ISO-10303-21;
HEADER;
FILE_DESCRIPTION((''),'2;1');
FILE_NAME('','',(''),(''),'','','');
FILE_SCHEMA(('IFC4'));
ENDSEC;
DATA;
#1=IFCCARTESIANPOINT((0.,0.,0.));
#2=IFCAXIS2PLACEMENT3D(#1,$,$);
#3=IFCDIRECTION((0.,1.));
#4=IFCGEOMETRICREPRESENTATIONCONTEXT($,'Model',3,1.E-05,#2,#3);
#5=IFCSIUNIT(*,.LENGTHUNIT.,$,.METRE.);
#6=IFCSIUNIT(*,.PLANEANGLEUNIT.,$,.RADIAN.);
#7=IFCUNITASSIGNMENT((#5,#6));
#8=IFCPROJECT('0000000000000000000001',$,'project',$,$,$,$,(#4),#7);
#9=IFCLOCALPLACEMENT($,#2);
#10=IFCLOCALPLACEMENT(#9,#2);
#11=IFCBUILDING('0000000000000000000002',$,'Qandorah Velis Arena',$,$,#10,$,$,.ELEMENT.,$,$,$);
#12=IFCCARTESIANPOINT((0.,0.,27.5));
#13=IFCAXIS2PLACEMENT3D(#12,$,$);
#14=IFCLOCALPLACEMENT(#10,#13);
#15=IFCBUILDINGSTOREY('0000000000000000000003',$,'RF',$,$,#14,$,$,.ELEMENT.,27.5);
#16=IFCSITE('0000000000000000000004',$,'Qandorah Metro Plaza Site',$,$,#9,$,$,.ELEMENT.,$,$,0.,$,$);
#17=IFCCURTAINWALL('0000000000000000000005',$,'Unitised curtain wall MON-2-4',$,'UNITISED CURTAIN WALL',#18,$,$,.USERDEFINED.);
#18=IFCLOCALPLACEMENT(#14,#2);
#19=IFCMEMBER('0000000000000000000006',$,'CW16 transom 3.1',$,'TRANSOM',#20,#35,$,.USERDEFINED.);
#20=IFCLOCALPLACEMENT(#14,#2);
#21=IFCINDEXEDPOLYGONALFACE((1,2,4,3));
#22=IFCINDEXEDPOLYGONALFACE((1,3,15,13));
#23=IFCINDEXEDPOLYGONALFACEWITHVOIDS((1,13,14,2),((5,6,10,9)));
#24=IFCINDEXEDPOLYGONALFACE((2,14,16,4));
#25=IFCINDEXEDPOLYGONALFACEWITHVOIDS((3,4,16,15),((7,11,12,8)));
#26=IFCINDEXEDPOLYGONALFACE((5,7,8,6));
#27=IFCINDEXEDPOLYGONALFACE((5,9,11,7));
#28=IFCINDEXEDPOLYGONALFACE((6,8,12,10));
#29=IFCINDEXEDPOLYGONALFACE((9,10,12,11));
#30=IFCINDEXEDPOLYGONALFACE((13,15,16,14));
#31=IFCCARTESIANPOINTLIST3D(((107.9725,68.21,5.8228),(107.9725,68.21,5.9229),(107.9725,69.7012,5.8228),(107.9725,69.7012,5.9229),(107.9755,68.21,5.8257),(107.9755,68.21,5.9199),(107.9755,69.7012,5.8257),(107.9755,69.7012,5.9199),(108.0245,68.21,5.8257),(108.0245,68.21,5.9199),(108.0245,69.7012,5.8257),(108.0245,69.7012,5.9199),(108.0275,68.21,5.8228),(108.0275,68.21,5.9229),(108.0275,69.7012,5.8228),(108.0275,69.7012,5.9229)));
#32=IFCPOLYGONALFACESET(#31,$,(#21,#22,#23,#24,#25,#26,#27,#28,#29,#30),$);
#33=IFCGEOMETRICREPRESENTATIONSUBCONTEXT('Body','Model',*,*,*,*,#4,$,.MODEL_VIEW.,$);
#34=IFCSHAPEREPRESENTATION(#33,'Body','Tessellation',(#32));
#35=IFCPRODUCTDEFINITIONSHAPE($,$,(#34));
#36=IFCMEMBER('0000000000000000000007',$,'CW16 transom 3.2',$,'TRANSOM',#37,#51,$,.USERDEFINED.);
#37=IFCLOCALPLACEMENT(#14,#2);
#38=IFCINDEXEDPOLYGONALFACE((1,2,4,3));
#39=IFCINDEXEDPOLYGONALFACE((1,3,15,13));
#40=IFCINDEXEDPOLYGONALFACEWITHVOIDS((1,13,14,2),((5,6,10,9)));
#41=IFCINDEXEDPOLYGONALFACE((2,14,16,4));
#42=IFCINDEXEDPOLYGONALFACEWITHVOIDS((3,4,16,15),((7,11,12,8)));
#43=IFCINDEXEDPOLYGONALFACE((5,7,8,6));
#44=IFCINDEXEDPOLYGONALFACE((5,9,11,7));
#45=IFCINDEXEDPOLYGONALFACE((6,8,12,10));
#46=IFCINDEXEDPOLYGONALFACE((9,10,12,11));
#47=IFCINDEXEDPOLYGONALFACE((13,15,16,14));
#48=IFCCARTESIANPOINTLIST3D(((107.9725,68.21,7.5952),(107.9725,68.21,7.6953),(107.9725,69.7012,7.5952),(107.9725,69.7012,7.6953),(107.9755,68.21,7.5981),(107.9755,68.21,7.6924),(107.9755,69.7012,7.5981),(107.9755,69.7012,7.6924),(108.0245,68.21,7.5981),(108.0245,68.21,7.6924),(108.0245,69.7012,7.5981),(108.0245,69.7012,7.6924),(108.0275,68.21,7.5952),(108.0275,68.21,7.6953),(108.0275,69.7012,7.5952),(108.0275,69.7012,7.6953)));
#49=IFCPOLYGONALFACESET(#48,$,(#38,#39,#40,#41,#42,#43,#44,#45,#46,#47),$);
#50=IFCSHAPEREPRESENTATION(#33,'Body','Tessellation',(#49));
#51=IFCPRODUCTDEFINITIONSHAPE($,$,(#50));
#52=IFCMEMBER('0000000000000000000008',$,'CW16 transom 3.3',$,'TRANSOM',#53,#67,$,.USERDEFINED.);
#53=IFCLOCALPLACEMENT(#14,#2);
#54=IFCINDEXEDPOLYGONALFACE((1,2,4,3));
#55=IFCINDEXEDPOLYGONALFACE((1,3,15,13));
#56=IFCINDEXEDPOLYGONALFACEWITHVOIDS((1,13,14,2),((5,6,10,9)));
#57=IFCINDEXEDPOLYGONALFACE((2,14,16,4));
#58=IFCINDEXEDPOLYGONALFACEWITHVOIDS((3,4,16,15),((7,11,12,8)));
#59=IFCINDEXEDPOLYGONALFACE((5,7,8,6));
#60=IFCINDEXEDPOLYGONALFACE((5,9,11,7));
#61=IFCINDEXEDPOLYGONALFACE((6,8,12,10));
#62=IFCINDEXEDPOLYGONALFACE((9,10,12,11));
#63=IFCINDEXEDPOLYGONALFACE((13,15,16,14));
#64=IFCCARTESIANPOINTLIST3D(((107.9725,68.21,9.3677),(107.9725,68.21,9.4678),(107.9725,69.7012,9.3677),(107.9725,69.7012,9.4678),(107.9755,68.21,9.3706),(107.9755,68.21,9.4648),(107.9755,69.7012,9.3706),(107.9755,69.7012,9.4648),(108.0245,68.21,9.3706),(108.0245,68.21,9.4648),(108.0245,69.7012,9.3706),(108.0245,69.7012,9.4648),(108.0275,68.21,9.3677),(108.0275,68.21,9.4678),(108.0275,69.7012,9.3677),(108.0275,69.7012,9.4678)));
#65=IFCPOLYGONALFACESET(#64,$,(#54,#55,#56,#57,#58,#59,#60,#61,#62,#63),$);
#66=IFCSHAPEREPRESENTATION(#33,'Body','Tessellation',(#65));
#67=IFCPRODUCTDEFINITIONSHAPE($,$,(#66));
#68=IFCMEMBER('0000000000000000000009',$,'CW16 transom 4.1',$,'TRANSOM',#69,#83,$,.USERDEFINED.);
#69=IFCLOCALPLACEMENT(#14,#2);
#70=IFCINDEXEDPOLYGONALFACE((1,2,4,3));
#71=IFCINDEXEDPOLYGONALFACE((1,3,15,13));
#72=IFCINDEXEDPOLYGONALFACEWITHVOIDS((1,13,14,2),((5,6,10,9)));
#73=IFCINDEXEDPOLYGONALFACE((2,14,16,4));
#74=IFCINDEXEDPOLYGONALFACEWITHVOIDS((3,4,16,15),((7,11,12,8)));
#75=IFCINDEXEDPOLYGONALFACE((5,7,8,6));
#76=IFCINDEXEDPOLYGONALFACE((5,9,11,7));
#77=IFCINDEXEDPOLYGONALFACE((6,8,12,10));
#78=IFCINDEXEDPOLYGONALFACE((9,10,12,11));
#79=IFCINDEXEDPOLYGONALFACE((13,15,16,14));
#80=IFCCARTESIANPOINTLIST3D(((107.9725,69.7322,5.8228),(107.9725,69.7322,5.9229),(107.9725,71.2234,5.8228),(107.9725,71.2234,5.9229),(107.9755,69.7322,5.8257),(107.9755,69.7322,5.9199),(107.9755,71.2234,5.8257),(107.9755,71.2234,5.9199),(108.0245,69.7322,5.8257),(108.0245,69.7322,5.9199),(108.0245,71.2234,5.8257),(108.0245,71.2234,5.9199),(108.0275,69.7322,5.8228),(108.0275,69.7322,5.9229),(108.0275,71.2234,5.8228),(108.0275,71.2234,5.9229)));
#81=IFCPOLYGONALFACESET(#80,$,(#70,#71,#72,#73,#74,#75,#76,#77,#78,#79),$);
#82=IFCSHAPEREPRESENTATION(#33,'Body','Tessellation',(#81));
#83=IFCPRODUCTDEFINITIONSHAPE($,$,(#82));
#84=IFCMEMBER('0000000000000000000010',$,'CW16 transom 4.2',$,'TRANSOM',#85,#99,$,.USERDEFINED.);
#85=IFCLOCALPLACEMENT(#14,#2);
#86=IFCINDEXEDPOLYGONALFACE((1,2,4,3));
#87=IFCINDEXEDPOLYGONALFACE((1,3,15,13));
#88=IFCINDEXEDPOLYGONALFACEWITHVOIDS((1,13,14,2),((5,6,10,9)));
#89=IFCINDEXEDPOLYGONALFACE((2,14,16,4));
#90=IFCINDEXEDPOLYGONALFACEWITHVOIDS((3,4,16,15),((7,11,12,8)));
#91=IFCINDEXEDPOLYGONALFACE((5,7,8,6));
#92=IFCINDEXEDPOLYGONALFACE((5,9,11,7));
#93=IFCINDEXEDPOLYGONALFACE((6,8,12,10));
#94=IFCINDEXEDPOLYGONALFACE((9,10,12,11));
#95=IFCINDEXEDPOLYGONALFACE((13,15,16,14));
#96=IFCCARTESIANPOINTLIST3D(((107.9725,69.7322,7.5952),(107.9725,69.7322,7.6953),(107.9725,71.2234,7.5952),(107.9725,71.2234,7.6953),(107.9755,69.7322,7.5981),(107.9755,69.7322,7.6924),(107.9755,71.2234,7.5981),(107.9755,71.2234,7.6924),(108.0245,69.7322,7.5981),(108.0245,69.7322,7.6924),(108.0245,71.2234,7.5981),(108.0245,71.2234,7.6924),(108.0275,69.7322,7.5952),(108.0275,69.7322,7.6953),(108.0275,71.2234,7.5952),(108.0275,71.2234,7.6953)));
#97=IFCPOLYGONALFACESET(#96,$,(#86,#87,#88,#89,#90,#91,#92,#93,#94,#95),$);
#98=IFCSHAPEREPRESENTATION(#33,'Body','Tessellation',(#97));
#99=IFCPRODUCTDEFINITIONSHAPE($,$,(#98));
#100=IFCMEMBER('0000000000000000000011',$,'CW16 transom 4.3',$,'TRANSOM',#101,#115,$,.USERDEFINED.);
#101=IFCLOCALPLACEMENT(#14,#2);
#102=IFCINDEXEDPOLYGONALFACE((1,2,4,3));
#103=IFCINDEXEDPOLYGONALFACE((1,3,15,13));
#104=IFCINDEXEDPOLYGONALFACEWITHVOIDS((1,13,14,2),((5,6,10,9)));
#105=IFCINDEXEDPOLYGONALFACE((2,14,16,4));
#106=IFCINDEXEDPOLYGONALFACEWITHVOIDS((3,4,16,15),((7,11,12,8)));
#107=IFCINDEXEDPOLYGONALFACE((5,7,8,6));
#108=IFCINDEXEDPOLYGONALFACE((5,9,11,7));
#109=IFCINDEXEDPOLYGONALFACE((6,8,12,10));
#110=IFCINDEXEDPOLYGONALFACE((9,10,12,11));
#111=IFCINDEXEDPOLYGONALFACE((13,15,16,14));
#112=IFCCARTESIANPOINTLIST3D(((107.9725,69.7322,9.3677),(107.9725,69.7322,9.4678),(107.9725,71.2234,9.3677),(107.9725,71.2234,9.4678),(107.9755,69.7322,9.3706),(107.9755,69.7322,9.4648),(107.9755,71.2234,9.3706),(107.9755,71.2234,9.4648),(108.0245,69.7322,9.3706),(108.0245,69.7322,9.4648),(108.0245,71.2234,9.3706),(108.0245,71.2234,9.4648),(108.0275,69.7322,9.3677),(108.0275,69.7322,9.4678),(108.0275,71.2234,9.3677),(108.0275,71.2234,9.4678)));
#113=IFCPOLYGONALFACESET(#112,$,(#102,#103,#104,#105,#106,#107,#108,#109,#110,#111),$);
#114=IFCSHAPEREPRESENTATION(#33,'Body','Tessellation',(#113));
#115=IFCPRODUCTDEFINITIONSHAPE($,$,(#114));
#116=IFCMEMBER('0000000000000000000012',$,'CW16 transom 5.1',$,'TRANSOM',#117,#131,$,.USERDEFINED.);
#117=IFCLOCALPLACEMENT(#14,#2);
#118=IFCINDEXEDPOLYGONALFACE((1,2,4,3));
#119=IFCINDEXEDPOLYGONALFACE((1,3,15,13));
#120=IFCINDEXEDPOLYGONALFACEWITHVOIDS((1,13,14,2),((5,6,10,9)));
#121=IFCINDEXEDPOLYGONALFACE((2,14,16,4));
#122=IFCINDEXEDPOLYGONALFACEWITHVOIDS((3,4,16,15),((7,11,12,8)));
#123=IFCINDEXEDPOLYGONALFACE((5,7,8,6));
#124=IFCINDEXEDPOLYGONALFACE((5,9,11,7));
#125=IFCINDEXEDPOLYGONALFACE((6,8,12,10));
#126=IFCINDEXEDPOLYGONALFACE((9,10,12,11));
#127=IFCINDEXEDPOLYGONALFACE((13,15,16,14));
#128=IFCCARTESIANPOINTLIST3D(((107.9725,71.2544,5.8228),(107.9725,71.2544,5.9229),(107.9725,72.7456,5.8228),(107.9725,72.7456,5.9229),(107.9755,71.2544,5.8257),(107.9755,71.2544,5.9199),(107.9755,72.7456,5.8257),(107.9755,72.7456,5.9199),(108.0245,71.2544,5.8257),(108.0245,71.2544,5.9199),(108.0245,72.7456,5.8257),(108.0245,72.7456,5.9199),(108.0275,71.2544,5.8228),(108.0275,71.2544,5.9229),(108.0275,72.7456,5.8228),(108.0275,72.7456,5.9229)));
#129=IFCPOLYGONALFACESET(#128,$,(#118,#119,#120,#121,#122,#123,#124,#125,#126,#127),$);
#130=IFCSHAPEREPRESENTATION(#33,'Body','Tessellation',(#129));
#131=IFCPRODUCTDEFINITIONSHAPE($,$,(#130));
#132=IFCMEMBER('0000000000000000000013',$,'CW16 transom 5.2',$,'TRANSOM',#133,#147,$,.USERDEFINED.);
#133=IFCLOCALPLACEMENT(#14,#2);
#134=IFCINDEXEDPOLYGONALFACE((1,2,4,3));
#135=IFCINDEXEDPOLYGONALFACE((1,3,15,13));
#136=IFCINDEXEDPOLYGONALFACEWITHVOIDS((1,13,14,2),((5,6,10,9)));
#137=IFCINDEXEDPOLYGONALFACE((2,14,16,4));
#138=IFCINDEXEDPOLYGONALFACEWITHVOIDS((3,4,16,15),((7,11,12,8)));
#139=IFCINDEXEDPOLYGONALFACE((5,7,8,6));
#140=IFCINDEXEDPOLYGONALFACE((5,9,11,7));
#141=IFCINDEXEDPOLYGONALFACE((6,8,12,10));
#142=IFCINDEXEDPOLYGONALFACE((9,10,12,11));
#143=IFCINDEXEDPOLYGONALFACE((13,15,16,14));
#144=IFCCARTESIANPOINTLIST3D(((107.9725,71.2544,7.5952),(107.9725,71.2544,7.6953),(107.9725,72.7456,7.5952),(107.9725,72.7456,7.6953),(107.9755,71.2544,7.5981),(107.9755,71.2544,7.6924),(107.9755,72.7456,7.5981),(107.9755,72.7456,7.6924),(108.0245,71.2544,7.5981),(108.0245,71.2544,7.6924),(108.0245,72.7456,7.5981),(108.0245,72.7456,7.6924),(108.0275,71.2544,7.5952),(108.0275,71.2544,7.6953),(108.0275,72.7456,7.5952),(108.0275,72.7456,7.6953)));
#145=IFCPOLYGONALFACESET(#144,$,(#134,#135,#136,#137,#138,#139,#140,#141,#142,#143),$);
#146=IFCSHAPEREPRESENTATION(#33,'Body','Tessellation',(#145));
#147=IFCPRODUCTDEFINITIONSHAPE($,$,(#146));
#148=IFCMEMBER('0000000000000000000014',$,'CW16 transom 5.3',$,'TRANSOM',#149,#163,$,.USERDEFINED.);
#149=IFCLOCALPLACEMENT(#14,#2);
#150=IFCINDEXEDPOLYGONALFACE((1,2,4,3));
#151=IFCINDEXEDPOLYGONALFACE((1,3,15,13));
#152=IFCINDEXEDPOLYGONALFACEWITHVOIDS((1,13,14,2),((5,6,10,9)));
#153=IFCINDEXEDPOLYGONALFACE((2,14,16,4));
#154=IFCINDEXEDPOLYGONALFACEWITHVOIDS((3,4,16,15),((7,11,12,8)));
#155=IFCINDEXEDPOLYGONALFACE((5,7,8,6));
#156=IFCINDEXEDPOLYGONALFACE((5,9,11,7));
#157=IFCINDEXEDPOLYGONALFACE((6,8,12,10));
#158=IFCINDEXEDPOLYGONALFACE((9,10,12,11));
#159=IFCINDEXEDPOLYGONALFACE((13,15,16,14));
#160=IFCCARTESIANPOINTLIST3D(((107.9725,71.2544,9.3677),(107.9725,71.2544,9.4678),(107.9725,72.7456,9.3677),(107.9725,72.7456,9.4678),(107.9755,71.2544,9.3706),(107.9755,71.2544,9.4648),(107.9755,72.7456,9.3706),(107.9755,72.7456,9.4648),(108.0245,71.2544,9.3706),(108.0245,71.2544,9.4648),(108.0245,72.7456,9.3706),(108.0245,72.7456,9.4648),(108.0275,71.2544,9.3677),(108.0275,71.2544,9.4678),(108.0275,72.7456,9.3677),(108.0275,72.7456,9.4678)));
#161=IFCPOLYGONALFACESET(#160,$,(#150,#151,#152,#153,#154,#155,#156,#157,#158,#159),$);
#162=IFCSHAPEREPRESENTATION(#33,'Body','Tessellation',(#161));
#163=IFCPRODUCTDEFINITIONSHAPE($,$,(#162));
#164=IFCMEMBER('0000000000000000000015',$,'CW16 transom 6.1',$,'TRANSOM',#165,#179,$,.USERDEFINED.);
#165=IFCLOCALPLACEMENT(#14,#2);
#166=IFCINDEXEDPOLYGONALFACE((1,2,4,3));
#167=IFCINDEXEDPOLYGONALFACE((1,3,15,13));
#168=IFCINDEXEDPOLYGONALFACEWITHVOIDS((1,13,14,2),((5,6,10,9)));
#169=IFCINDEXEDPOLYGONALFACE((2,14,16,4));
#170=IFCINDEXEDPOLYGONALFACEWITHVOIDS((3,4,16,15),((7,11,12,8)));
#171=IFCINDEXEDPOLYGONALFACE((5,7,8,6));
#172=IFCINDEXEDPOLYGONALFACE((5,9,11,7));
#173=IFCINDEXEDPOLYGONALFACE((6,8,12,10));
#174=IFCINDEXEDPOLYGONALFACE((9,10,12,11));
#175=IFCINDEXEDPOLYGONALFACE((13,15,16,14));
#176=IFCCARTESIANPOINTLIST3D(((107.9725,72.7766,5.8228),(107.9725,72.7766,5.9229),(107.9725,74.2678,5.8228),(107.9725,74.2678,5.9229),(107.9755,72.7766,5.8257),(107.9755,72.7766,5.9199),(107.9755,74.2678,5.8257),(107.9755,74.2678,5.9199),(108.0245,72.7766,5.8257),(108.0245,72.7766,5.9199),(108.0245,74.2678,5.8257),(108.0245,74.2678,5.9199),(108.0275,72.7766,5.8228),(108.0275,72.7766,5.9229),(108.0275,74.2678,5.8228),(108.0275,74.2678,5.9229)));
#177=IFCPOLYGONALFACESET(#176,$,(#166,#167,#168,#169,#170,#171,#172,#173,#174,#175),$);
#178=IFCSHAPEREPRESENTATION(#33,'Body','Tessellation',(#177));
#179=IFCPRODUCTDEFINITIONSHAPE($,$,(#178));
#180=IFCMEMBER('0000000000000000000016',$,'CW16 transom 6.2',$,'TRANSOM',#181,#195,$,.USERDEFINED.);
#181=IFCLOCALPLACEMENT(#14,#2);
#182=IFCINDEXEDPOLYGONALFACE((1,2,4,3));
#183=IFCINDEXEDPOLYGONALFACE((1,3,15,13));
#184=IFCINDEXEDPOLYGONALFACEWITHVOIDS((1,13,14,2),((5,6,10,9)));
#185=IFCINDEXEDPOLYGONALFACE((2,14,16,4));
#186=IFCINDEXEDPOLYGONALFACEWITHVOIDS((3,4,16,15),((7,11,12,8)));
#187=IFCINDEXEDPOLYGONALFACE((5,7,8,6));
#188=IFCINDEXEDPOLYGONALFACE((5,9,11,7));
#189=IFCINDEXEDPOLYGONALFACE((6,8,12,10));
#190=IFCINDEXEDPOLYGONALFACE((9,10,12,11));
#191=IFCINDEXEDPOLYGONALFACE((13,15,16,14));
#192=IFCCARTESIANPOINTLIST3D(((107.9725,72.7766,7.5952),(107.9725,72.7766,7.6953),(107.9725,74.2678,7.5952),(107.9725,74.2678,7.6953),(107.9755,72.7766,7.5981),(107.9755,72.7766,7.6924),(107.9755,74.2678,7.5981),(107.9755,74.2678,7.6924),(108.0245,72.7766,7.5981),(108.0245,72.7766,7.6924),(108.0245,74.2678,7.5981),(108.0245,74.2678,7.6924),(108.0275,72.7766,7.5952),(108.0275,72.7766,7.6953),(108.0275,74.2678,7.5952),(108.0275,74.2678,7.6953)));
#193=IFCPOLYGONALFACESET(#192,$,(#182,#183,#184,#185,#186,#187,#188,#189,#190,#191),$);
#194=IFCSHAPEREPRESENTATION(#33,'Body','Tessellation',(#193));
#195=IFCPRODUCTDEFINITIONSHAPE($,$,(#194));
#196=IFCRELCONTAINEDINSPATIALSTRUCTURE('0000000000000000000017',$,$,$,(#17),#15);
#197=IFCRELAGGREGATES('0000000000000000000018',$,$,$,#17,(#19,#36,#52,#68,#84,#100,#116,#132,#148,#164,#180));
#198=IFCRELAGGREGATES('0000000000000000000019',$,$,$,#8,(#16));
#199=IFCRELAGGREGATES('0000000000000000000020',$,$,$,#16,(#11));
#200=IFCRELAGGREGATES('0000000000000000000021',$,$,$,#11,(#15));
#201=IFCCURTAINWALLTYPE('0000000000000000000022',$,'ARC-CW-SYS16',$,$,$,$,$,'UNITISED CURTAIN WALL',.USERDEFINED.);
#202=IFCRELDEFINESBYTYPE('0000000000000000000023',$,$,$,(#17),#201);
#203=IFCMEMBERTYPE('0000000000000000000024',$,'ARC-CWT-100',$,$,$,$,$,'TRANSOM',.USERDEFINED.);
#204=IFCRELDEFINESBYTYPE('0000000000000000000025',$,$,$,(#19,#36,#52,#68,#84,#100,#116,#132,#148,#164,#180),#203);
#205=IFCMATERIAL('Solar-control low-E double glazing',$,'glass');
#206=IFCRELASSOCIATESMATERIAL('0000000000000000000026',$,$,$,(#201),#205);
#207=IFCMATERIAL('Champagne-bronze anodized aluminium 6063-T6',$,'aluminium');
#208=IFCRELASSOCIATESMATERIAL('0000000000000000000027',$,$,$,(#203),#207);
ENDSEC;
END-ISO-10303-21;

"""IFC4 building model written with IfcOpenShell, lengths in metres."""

from ifc_helpers import new_model, si_unit, direction, frame, origin, origin_2d, place, context, subcontext, project, spatial, hollow_rectangle, extrude, material, material_profile, profile_set, type_object, element, aggregate, save


model = new_model("IFC4")

# Units and contexts
model_context = context("Model", 3, precision=1e-05, world=origin(), true_north=direction((0.0, 1.0)))
body_context = subcontext(model_context, "Body", "Model", "MODEL_VIEW")
ifc_project = project(units=[si_unit("LENGTHUNIT", "METRE"), si_unit("PLANEANGLEUNIT", "RADIAN")], contexts=[model_context])

# Site, building, storey
site_placement = place(None, origin())
site = spatial("IfcSite", under=ifc_project, at=site_placement, Name="Qandorah Metro Plaza Site", CompositionType="ELEMENT", RefElevation=0.0)
building_placement = place(site_placement, origin())
building = spatial("IfcBuilding", under=site, at=building_placement, Name="Qandorah Velis Arena", CompositionType="ELEMENT")
storey_placement = place(building_placement, frame((0.0, 0.0, 27.5)))
storey = spatial("IfcBuildingStorey", under=building, at=storey_placement, Name="RF", CompositionType="ELEMENT", Elevation=27.5)

# Curtain wall
ifc_material_1 = material(Name="Solar-control low-E double glazing", Category="glass")
curtain_wall_type_1 = type_object("IfcCurtainWallType", Name="ARC-CW-SYS16", ElementType="UNITISED CURTAIN WALL", PredefinedType="USERDEFINED", material=ifc_material_1)
curtain_wall_1_placement = place(storey_placement, origin())
curtain_wall_1 = element("IfcCurtainWall", 1, at=curtain_wall_1_placement, inside=storey, type_object=curtain_wall_type_1, Name="Unitised curtain wall MON-2-4", ObjectType="UNITISED CURTAIN WALL", PredefinedType="USERDEFINED")
ifc_material_2 = material(Name="Champagne-bronze anodized aluminium 6063-T6", Category="aluminium")

# Members
ifc_material_profile_1 = material_profile(ifc_material_2, hollow_rectangle(XDim=0.0549, YDim=0.1001, WallThickness=0.0029, at=origin_2d()), Name="ALU TRANSOM 55x100")
ifc_profile_set_1 = profile_set([ifc_material_profile_1], Name="Champagne-bronze anodized aluminium 6063-T6")
member_type_1 = type_object("IfcMemberType", Name="ARC-CWT-100", ElementType="TRANSOM", PredefinedType="USERDEFINED", material=ifc_profile_set_1)
member_1_placement = place(storey_placement, frame((108.0, 68.21, 5.8728), z_axis=(0.0, 1.0, 0.0), x_axis=(-1.0, 0.0, 0.0)))
member_1 = element("IfcMember", 2, at=member_1_placement, type_object=member_type_1, Name="CW16 transom 3.1", ObjectType="TRANSOM", PredefinedType="USERDEFINED", context=body_context, shape_type="SweptSolid", body=[
    extrude(hollow_rectangle(XDim=0.0549, YDim=0.1001, WallThickness=0.0029, at=origin_2d()), origin(), (0.0, 0.0, 1.0), 1.4912),
])
member_2_placement = place(storey_placement, frame((108.0, 68.21, 7.6453), z_axis=(0.0, 1.0, 0.0), x_axis=(-1.0, 0.0, 0.0)))
member_2 = element("IfcMember", 3, at=member_2_placement, type_object=member_type_1, Name="CW16 transom 3.2", ObjectType="TRANSOM", PredefinedType="USERDEFINED", context=body_context, shape_type="SweptSolid", body=[
    extrude(hollow_rectangle(XDim=0.0549, YDim=0.1001, WallThickness=0.0029, at=origin_2d()), origin(), (0.0, 0.0, 1.0), 1.4912),
])
member_3_placement = place(storey_placement, frame((108.0, 68.21, 9.4177), z_axis=(0.0, 1.0, 0.0), x_axis=(-1.0, 0.0, 0.0)))
member_3 = element("IfcMember", 4, at=member_3_placement, type_object=member_type_1, Name="CW16 transom 3.3", ObjectType="TRANSOM", PredefinedType="USERDEFINED", context=body_context, shape_type="SweptSolid", body=[
    extrude(hollow_rectangle(XDim=0.0549, YDim=0.1001, WallThickness=0.0029, at=origin_2d()), origin(), (0.0, 0.0, 1.0), 1.4912),
])
member_4_placement = place(storey_placement, frame((108.0, 69.7322, 5.8728), z_axis=(0.0, 1.0, 0.0), x_axis=(-1.0, 0.0, 0.0)))
member_4 = element("IfcMember", 5, at=member_4_placement, type_object=member_type_1, Name="CW16 transom 4.1", ObjectType="TRANSOM", PredefinedType="USERDEFINED", context=body_context, shape_type="SweptSolid", body=[
    extrude(hollow_rectangle(XDim=0.0549, YDim=0.1001, WallThickness=0.0029, at=origin_2d()), origin(), (0.0, 0.0, 1.0), 1.4912),
])
member_5_placement = place(storey_placement, frame((108.0, 69.7322, 7.6453), z_axis=(0.0, 1.0, 0.0), x_axis=(-1.0, 0.0, 0.0)))
member_5 = element("IfcMember", 6, at=member_5_placement, type_object=member_type_1, Name="CW16 transom 4.2", ObjectType="TRANSOM", PredefinedType="USERDEFINED", context=body_context, shape_type="SweptSolid", body=[
    extrude(hollow_rectangle(XDim=0.0549, YDim=0.1001, WallThickness=0.0029, at=origin_2d()), origin(), (0.0, 0.0, 1.0), 1.4912),
])
member_6_placement = place(storey_placement, frame((108.0, 69.7322, 9.4177), z_axis=(0.0, 1.0, 0.0), x_axis=(-1.0, 0.0, 0.0)))
member_6 = element("IfcMember", 7, at=member_6_placement, type_object=member_type_1, Name="CW16 transom 4.3", ObjectType="TRANSOM", PredefinedType="USERDEFINED", context=body_context, shape_type="SweptSolid", body=[
    extrude(hollow_rectangle(XDim=0.0549, YDim=0.1001, WallThickness=0.0029, at=origin_2d()), origin(), (0.0, 0.0, 1.0), 1.4912),
])
member_7_placement = place(storey_placement, frame((108.0, 71.2544, 5.8728), z_axis=(0.0, 1.0, 0.0), x_axis=(-1.0, 0.0, 0.0)))
member_7 = element("IfcMember", 8, at=member_7_placement, type_object=member_type_1, Name="CW16 transom 5.1", ObjectType="TRANSOM", PredefinedType="USERDEFINED", context=body_context, shape_type="SweptSolid", body=[
    extrude(hollow_rectangle(XDim=0.0549, YDim=0.1001, WallThickness=0.0029, at=origin_2d()), origin(), (0.0, 0.0, 1.0), 1.4912),
])
member_8_placement = place(storey_placement, frame((108.0, 71.2544, 7.6453), z_axis=(0.0, 1.0, 0.0), x_axis=(-1.0, 0.0, 0.0)))
member_8 = element("IfcMember", 9, at=member_8_placement, type_object=member_type_1, Name="CW16 transom 5.2", ObjectType="TRANSOM", PredefinedType="USERDEFINED", context=body_context, shape_type="SweptSolid", body=[
    extrude(hollow_rectangle(XDim=0.0549, YDim=0.1001, WallThickness=0.0029, at=origin_2d()), origin(), (0.0, 0.0, 1.0), 1.4912),
])
member_9_placement = place(storey_placement, frame((108.0, 71.2544, 9.4177), z_axis=(0.0, 1.0, 0.0), x_axis=(-1.0, 0.0, 0.0)))
member_9 = element("IfcMember", 10, at=member_9_placement, type_object=member_type_1, Name="CW16 transom 5.3", ObjectType="TRANSOM", PredefinedType="USERDEFINED", context=body_context, shape_type="SweptSolid", body=[
    extrude(hollow_rectangle(XDim=0.0549, YDim=0.1001, WallThickness=0.0029, at=origin_2d()), origin(), (0.0, 0.0, 1.0), 1.4912),
])
member_10_placement = place(storey_placement, frame((108.0, 72.7766, 5.8728), z_axis=(0.0, 1.0, 0.0), x_axis=(-1.0, 0.0, 0.0)))
member_10 = element("IfcMember", 11, at=member_10_placement, type_object=member_type_1, Name="CW16 transom 6.1", ObjectType="TRANSOM", PredefinedType="USERDEFINED", context=body_context, shape_type="SweptSolid", body=[
    extrude(hollow_rectangle(XDim=0.0549, YDim=0.1001, WallThickness=0.0029, at=origin_2d()), origin(), (0.0, 0.0, 1.0), 1.4912),
])
member_11_placement = place(storey_placement, frame((108.0, 72.7766, 7.6453), z_axis=(0.0, 1.0, 0.0), x_axis=(-1.0, 0.0, 0.0)))
member_11 = element("IfcMember", 12, at=member_11_placement, type_object=member_type_1, Name="CW16 transom 6.2", ObjectType="TRANSOM", PredefinedType="USERDEFINED", context=body_context, shape_type="SweptSolid", body=[
    extrude(hollow_rectangle(XDim=0.0549, YDim=0.1001, WallThickness=0.0029, at=origin_2d()), origin(), (0.0, 0.0, 1.0), 1.4912),
])

aggregate(curtain_wall_1, [member_1, member_2, member_3, member_4, member_5, member_6, member_7, member_8, member_9, member_10, member_11])

save(model, "model.ifc")
